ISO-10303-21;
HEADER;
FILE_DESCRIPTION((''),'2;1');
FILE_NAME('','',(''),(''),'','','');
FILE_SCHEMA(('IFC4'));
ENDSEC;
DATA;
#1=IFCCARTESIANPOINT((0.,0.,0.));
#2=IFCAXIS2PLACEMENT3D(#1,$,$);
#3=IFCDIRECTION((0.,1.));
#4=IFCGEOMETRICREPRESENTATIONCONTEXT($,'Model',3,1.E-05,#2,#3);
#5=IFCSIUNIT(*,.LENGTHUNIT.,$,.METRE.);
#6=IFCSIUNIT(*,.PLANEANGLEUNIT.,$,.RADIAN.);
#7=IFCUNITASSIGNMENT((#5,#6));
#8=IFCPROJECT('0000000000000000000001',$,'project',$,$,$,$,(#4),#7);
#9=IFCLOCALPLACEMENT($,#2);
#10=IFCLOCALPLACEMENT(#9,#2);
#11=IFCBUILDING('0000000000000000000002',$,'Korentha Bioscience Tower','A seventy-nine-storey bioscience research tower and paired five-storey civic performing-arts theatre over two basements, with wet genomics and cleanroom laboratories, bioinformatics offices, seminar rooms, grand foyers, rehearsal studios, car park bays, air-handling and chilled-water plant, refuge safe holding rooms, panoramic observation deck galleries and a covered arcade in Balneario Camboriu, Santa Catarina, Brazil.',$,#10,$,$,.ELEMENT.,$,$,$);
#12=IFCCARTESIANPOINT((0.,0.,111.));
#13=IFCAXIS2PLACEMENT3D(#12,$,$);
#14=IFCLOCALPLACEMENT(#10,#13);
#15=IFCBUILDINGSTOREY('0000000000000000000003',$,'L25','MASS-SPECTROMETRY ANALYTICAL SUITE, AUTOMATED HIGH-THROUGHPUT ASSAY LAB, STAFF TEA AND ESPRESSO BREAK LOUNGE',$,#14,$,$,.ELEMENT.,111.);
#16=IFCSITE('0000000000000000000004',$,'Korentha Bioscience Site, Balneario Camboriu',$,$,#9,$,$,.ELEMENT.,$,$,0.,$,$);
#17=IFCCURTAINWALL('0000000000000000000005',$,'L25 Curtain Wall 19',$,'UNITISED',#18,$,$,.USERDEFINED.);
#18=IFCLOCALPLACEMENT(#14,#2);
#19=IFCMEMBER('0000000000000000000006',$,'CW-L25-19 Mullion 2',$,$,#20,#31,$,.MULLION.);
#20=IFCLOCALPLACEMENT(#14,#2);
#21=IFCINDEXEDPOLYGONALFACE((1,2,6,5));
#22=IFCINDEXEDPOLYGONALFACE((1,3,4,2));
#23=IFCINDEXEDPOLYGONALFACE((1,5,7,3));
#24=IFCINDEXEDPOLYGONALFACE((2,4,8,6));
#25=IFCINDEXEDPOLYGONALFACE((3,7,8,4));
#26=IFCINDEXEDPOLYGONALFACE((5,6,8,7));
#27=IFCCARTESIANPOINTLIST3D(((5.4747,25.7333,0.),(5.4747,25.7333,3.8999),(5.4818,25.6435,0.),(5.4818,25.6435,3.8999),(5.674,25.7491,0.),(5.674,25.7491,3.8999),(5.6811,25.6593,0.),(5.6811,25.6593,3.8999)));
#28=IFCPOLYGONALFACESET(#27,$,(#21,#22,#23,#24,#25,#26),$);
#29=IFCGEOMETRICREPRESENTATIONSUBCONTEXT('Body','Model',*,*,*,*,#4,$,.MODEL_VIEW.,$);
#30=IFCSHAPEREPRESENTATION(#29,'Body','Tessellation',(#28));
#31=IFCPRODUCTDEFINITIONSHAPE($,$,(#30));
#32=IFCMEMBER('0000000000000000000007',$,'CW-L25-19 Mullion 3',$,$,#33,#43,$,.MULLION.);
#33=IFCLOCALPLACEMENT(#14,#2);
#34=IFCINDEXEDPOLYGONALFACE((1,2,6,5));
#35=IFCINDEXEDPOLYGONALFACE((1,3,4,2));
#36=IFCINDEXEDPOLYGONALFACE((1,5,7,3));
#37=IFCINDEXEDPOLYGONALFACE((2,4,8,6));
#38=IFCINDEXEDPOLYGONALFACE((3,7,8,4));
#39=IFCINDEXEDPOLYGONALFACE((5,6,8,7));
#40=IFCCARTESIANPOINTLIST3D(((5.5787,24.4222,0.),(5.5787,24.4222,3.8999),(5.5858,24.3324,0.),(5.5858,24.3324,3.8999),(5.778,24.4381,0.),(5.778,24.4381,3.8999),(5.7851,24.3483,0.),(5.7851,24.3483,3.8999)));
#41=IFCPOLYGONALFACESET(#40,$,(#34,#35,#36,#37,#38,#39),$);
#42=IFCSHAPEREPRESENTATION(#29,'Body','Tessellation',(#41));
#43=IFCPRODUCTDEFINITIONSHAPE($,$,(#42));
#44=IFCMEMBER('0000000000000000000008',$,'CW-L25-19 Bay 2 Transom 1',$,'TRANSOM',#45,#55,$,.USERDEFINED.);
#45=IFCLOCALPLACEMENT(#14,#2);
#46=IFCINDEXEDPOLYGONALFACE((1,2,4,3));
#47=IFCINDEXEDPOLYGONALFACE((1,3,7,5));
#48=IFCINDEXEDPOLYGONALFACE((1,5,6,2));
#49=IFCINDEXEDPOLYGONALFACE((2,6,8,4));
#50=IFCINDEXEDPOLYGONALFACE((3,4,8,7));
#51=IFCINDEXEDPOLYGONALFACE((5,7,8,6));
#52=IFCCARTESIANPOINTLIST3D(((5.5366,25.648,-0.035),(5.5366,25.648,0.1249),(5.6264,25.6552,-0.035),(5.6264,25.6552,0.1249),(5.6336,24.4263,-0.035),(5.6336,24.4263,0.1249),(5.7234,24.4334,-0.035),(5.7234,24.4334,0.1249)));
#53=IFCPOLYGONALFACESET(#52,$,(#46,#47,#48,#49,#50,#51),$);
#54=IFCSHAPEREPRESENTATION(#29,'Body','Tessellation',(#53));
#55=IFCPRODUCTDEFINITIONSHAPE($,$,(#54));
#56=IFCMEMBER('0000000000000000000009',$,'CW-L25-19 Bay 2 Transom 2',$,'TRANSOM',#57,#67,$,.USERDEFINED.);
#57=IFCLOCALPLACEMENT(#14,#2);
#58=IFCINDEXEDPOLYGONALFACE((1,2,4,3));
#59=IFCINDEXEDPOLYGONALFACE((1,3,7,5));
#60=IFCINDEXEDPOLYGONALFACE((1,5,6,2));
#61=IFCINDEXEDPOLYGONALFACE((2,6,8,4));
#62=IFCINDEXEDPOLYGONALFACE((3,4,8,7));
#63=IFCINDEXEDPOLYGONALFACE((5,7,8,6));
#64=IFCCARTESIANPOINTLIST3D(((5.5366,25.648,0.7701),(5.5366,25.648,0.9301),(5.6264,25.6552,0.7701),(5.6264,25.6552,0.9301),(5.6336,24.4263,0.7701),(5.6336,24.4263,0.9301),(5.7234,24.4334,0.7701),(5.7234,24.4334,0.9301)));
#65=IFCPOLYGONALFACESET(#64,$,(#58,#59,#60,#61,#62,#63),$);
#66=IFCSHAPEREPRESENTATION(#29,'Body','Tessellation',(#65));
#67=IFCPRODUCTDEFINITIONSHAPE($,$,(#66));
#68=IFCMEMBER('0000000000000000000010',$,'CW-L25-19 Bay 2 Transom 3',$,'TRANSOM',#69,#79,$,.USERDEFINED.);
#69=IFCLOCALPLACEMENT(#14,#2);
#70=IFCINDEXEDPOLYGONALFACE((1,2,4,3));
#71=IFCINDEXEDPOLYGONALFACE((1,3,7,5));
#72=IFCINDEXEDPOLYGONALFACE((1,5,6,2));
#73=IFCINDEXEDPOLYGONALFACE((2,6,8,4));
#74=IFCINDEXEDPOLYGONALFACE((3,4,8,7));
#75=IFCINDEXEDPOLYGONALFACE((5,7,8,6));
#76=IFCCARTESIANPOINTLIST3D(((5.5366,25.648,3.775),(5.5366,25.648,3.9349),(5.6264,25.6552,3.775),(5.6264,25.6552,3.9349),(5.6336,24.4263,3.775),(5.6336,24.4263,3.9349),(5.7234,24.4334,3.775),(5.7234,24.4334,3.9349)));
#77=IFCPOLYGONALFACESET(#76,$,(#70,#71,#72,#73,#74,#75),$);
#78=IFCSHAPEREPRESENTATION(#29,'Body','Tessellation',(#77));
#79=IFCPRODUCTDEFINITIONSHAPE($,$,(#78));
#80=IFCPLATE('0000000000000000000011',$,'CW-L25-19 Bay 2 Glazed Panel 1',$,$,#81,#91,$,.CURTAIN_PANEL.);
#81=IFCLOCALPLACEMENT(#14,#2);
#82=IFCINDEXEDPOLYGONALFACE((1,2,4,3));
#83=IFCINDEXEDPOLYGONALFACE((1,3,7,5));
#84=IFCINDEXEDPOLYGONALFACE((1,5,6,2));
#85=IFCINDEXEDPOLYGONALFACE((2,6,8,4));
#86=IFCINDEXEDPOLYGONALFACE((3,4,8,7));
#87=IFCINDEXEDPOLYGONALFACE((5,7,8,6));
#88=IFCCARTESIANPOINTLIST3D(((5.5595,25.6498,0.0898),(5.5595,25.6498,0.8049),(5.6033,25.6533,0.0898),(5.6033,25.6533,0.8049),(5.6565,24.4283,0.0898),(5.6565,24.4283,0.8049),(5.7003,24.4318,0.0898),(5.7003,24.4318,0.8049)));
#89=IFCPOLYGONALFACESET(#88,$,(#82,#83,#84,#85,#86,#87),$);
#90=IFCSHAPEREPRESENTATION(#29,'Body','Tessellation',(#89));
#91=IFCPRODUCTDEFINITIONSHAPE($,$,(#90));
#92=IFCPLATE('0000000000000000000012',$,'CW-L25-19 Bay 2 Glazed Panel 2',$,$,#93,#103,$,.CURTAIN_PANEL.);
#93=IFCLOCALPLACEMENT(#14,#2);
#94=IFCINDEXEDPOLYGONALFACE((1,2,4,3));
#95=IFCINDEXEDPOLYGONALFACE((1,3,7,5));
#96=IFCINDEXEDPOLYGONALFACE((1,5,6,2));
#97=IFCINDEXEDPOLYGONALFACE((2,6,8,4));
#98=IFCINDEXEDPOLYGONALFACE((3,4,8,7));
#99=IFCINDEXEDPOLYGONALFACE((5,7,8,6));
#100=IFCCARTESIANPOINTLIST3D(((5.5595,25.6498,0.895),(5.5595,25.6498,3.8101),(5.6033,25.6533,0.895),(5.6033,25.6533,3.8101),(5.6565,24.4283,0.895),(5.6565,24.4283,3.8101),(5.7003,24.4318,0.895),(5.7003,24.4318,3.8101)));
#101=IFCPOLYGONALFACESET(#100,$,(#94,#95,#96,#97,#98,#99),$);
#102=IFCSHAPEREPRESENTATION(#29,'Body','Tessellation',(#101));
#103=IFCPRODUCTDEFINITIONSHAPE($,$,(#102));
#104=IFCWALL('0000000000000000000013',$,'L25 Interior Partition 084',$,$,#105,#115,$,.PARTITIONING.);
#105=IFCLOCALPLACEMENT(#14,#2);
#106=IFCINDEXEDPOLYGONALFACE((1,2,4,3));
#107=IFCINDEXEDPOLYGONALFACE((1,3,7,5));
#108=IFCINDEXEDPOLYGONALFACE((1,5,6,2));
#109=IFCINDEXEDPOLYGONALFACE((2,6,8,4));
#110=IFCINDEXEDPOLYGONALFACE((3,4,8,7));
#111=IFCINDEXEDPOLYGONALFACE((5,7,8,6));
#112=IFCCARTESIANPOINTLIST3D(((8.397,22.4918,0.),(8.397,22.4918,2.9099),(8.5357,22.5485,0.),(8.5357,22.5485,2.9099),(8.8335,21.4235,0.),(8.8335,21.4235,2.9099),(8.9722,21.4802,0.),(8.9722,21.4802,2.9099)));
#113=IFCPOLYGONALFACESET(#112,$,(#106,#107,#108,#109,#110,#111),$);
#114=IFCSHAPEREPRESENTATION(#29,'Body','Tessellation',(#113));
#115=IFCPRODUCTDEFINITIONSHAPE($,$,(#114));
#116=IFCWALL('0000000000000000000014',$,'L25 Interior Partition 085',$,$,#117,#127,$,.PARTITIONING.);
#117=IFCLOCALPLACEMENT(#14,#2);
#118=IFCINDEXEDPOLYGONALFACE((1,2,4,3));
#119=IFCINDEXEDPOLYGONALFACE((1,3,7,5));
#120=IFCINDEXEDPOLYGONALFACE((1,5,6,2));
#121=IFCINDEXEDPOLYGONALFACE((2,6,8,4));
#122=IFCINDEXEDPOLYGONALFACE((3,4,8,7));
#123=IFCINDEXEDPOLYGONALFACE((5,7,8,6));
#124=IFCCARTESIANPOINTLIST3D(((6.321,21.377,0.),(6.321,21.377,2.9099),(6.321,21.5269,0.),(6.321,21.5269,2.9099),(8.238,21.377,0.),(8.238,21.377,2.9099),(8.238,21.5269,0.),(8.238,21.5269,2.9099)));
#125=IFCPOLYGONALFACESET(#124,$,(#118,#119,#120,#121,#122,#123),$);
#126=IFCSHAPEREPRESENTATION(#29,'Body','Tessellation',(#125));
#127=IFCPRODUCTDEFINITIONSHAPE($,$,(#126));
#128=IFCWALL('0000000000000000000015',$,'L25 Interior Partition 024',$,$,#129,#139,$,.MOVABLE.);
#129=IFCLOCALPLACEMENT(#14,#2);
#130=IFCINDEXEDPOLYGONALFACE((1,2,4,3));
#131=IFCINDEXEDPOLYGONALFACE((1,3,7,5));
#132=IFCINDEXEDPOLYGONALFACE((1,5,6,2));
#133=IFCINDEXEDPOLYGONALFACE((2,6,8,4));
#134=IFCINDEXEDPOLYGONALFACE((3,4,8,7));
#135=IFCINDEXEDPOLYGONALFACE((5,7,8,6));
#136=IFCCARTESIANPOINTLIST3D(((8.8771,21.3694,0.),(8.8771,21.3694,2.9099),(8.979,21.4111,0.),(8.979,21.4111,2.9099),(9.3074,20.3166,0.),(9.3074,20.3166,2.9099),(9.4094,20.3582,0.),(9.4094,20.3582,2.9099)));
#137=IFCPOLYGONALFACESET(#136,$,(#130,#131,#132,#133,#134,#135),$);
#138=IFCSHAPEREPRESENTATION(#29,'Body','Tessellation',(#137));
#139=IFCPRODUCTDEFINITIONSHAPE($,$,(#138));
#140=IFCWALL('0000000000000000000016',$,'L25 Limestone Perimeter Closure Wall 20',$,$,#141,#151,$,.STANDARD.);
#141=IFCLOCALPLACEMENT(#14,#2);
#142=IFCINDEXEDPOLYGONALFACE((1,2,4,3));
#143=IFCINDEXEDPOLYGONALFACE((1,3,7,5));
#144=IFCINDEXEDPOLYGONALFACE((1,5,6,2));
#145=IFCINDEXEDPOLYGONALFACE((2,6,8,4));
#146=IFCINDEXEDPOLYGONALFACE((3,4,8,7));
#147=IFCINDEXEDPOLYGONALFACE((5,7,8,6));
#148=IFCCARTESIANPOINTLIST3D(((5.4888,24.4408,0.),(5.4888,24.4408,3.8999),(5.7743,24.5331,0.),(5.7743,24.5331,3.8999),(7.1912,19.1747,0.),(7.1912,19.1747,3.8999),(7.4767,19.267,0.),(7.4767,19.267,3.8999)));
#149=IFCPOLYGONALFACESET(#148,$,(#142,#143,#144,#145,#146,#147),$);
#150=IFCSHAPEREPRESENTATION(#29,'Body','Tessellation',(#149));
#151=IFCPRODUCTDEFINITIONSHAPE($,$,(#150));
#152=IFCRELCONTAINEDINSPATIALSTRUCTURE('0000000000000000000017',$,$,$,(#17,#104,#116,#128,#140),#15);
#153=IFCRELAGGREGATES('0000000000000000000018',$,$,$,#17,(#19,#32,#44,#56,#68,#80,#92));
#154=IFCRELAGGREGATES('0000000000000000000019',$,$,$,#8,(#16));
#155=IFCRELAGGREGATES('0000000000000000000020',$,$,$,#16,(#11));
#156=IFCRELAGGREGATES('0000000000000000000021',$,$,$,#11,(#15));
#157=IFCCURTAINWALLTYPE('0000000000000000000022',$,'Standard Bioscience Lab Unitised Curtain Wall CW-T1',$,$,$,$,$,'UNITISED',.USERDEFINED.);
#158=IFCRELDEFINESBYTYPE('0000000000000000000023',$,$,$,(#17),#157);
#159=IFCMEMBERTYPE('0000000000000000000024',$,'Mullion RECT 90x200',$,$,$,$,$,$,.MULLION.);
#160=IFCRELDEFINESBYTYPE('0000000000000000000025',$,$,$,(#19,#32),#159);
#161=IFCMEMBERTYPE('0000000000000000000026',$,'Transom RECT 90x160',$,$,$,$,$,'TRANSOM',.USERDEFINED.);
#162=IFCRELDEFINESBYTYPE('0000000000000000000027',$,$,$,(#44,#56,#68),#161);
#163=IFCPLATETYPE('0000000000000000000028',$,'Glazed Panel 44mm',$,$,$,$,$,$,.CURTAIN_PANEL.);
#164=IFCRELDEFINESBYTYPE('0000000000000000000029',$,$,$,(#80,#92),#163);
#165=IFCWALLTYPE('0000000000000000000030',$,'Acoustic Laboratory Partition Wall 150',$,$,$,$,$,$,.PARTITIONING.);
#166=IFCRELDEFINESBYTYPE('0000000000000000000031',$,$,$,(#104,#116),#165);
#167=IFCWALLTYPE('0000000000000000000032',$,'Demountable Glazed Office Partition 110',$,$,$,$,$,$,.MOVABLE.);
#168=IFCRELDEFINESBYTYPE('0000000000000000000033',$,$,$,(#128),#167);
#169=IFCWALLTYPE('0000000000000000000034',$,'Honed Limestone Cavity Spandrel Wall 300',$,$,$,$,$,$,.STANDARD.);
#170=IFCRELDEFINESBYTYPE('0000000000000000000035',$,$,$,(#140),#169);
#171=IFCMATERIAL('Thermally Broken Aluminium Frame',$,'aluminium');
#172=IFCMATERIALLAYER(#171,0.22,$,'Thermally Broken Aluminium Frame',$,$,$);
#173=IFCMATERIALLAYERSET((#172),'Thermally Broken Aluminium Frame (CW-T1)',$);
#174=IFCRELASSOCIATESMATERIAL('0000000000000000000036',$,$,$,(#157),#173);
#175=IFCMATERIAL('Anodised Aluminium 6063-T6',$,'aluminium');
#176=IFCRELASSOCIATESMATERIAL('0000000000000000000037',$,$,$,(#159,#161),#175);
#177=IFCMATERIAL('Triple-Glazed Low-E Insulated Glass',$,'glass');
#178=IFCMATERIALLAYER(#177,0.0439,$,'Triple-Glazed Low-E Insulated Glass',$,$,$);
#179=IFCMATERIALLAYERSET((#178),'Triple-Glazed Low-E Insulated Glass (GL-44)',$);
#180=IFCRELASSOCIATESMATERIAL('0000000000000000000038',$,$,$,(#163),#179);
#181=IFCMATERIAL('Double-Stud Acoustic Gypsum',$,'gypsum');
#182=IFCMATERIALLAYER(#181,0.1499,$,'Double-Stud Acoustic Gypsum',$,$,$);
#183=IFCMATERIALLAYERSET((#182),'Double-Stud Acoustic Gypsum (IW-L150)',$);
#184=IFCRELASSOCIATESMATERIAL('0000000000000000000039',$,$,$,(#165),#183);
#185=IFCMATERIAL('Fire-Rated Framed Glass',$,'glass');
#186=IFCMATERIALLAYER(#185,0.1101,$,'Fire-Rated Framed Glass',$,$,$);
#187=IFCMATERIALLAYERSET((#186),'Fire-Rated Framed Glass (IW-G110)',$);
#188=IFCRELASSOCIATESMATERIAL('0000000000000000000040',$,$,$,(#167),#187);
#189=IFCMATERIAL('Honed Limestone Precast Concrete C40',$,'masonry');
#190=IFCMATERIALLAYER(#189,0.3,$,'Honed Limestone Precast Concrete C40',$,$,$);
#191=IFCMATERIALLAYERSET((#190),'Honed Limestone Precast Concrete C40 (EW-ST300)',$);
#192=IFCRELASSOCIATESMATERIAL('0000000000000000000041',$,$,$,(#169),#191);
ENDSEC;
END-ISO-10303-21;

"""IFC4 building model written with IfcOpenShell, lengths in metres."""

from ifc_helpers import new_model, si_unit, direction, frame, frame_2d, origin, origin_2d, place, context, subcontext, project, spatial, rectangle, extrude, material, layer, layer_set, material_profile, profile_set, type_object, element, aggregate, save


model = new_model("IFC4")

# Units and contexts
model_context = context("Model", 3, precision=1e-05, world=origin(), true_north=direction((0.0, 1.0)))
body_context = subcontext(model_context, "Body", "Model", "MODEL_VIEW")
ifc_project = project(units=[si_unit("LENGTHUNIT", "METRE"), si_unit("PLANEANGLEUNIT", "RADIAN")], contexts=[model_context])

# Site, building, storey
site_placement = place(None, origin())
site = spatial("IfcSite", under=ifc_project, at=site_placement, Name="Korentha Bioscience Site, Balneario Camboriu", CompositionType="ELEMENT", RefElevation=0.0)
building_placement = place(site_placement, origin())
building = spatial("IfcBuilding", under=site, at=building_placement, Name="Korentha Bioscience Tower", Description="A seventy-nine-storey bioscience research tower and paired five-storey civic performing-arts theatre over two basements, with wet genomics and cleanroom laboratories, bioinformatics offices, seminar rooms, grand foyers, rehearsal studios, car park bays, air-handling and chilled-water plant, refuge safe holding rooms, panoramic observation deck galleries and a covered arcade in Balneario Camboriu, Santa Catarina, Brazil.", CompositionType="ELEMENT")
storey_placement = place(building_placement, frame((0.0, 0.0, 111.0)))
storey = spatial("IfcBuildingStorey", under=building, at=storey_placement, Name="L25", Description="MASS-SPECTROMETRY ANALYTICAL SUITE, AUTOMATED HIGH-THROUGHPUT ASSAY LAB, STAFF TEA AND ESPRESSO BREAK LOUNGE", CompositionType="ELEMENT", Elevation=111.0)

# Curtain wall, members, plates
ifc_material_1 = material(Name="Thermally Broken Aluminium Frame", Category="aluminium")
ifc_layer_1 = layer(ifc_material_1, 0.22, Name="Thermally Broken Aluminium Frame")
ifc_layer_set_1 = layer_set([ifc_layer_1], Name="Thermally Broken Aluminium Frame (CW-T1)")
curtain_wall_type = type_object("IfcCurtainWallType", Name="Standard Bioscience Lab Unitised Curtain Wall CW-T1", ElementType="UNITISED", PredefinedType="USERDEFINED", material=ifc_layer_set_1)
curtain_wall_placement = place(storey_placement, origin())
curtain_wall = element("IfcCurtainWall", 1, at=curtain_wall_placement, inside=storey, type_object=curtain_wall_type, Name="L25 Curtain Wall 19", ObjectType="UNITISED", PredefinedType="USERDEFINED")
ifc_material_2 = material(Name="Anodised Aluminium 6063-T6", Category="aluminium")
ifc_material_profile_1 = material_profile(ifc_material_2, rectangle(XDim=0.0901, YDim=0.2, at=origin_2d()), Name="Anodised Aluminium 6063-T6")
ifc_profile_set_1 = profile_set([ifc_material_profile_1], Name="Anodised Aluminium 6063-T6 (CW-MUL)")
member_type_1 = type_object("IfcMemberType", Name="Mullion RECT 90x200", PredefinedType="MULLION", material=ifc_profile_set_1)
member_1_placement = place(storey_placement, frame((5.5779, 25.6963, 0.0), z_axis=(0.0, 0.0, 1.0), x_axis=(0.07913, -0.996864, 0.0)))
member_1 = element("IfcMember", 2, at=member_1_placement, type_object=member_type_1, Name="CW-L25-19 Mullion 2", PredefinedType="MULLION", context=body_context, shape_type="SweptSolid", body=[
    extrude(rectangle(XDim=0.0901, YDim=0.2, at=origin_2d()), origin(), (0.0, 0.0, 1.0), 3.8999),
])
member_2_placement = place(storey_placement, frame((5.6819, 24.3853, 0.0), z_axis=(0.0, 0.0, 1.0), x_axis=(0.07913, -0.996864, 0.0)))
member_2 = element("IfcMember", 3, at=member_2_placement, type_object=member_type_1, Name="CW-L25-19 Mullion 3", PredefinedType="MULLION", context=body_context, shape_type="SweptSolid", body=[
    extrude(rectangle(XDim=0.0901, YDim=0.2, at=origin_2d()), origin(), (0.0, 0.0, 1.0), 3.8999),
])
ifc_material_profile_2 = material_profile(ifc_material_2, rectangle(XDim=0.0901, YDim=0.1599, at=origin_2d()), Name="Anodised Aluminium 6063-T6")
ifc_profile_set_2 = profile_set([ifc_material_profile_2], Name="Anodised Aluminium 6063-T6 (CW-TRN)")
member_type_2 = type_object("IfcMemberType", Name="Transom RECT 90x160", ElementType="TRANSOM", PredefinedType="USERDEFINED", material=ifc_profile_set_2)
member_3_placement = place(storey_placement, frame((5.5815, 25.6516, 0.0449), z_axis=(0.079088, -0.996868, 0.0), x_axis=(0.996868, 0.079088, 0.0)))
member_3 = element("IfcMember", 4, at=member_3_placement, type_object=member_type_2, Name="CW-L25-19 Bay 2 Transom 1", ObjectType="TRANSOM", PredefinedType="USERDEFINED", context=body_context, shape_type="SweptSolid", body=[
    extrude(rectangle(XDim=0.0901, YDim=0.1599, at=origin_2d()), origin(), (0.0, 0.0, 1.0), 1.2256),
])
member_4_placement = place(storey_placement, frame((5.5815, 25.6516, 0.8501), z_axis=(0.079088, -0.996868, 0.0), x_axis=(0.996868, 0.079088, 0.0)))
member_4 = element("IfcMember", 5, at=member_4_placement, type_object=member_type_2, Name="CW-L25-19 Bay 2 Transom 2", ObjectType="TRANSOM", PredefinedType="USERDEFINED", context=body_context, shape_type="SweptSolid", body=[
    extrude(rectangle(XDim=0.0901, YDim=0.1599, at=origin_2d()), origin(), (0.0, 0.0, 1.0), 1.2256),
])
member_5_placement = place(storey_placement, frame((5.5815, 25.6516, 3.855), z_axis=(0.079088, -0.996868, 0.0), x_axis=(0.996868, 0.079088, 0.0)))
member_5 = element("IfcMember", 6, at=member_5_placement, type_object=member_type_2, Name="CW-L25-19 Bay 2 Transom 3", ObjectType="TRANSOM", PredefinedType="USERDEFINED", context=body_context, shape_type="SweptSolid", body=[
    extrude(rectangle(XDim=0.0901, YDim=0.1599, at=origin_2d()), origin(), (0.0, 0.0, 1.0), 1.2256),
])
ifc_material_3 = material(Name="Triple-Glazed Low-E Insulated Glass", Category="glass")
ifc_layer_2 = layer(ifc_material_3, 0.0439, Name="Triple-Glazed Low-E Insulated Glass")
ifc_layer_set_2 = layer_set([ifc_layer_2], Name="Triple-Glazed Low-E Insulated Glass (GL-44)")
plate_type = type_object("IfcPlateType", Name="Glazed Panel 44mm", PredefinedType="CURTAIN_PANEL", material=ifc_layer_set_2)
plate_1_placement = place(storey_placement, frame((5.6299, 25.0408, 0.0898), z_axis=(0.0, 0.0, 1.0), x_axis=(0.07913, -0.996864, 0.0)))
plate_1 = element("IfcPlate", 7, at=plate_1_placement, type_object=plate_type, Name="CW-L25-19 Bay 2 Glazed Panel 1", PredefinedType="CURTAIN_PANEL", context=body_context, shape_type="SweptSolid", body=[
    extrude(rectangle(XDim=1.2253, YDim=0.0439, at=origin_2d()), origin(), (0.0, 0.0, 1.0), 0.7151),
])
plate_2_placement = place(storey_placement, frame((5.6299, 25.0408, 0.895), z_axis=(0.0, 0.0, 1.0), x_axis=(0.07913, -0.996864, 0.0)))
plate_2 = element("IfcPlate", 8, at=plate_2_placement, type_object=plate_type, Name="CW-L25-19 Bay 2 Glazed Panel 2", PredefinedType="CURTAIN_PANEL", context=body_context, shape_type="SweptSolid", body=[
    extrude(rectangle(XDim=1.2253, YDim=0.0439, at=origin_2d()), origin(), (0.0, 0.0, 1.0), 2.915),
])
aggregate(curtain_wall, [member_1, member_2, member_3, member_4, member_5, plate_1, plate_2])

# Shared definitions
ifc_material_4 = material(Name="Double-Stud Acoustic Gypsum", Category="gypsum")
ifc_layer_3 = layer(ifc_material_4, 0.1499, Name="Double-Stud Acoustic Gypsum")
ifc_layer_set_3 = layer_set([ifc_layer_3], Name="Double-Stud Acoustic Gypsum (IW-L150)")
wall_type_1 = type_object("IfcWallType", Name="Acoustic Laboratory Partition Wall 150", PredefinedType="PARTITIONING", material=ifc_layer_set_3)

# Walls
wall_1_placement = place(storey_placement, frame((8.4663, 22.5203, 0.0), z_axis=(0.0, 0.0, 1.0), x_axis=(0.378237, -0.925709, 0.0)))
element("IfcWall", 9, at=wall_1_placement, inside=storey, type_object=wall_type_1, Name="L25 Interior Partition 084", PredefinedType="PARTITIONING", context=body_context, shape_type="SweptSolid", body=[
    extrude(rectangle(XDim=1.1541, YDim=0.1499, at=frame_2d((0.5771, 0.0))), origin(), (0.0, 0.0, 1.0), 2.9099),
])
wall_2_placement = place(storey_placement, frame((8.238, 21.4519, 0.0), z_axis=(0.0, 0.0, 1.0), x_axis=(-1.0, 0.0, 0.0)))
element("IfcWall", 10, at=wall_2_placement, inside=storey, type_object=wall_type_1, Name="L25 Interior Partition 085", PredefinedType="PARTITIONING", context=body_context, shape_type="SweptSolid", body=[
    extrude(rectangle(XDim=1.917, YDim=0.1499, at=frame_2d((0.9585, 0.0))), origin(), (0.0, 0.0, 1.0), 2.9099),
])
ifc_material_5 = material(Name="Fire-Rated Framed Glass", Category="glass")
ifc_layer_4 = layer(ifc_material_5, 0.1101, Name="Fire-Rated Framed Glass")
ifc_layer_set_4 = layer_set([ifc_layer_4], Name="Fire-Rated Framed Glass (IW-G110)")
wall_type_2 = type_object("IfcWallType", Name="Demountable Glazed Office Partition 110", PredefinedType="MOVABLE", material=ifc_layer_set_4)
wall_3_placement = place(storey_placement, frame((8.928, 21.3904, 0.0), z_axis=(0.0, 0.0, 1.0), x_axis=(0.378374, -0.925653, 0.0)))
element("IfcWall", 11, at=wall_3_placement, inside=storey, type_object=wall_type_2, Name="L25 Interior Partition 024", PredefinedType="MOVABLE", context=body_context, shape_type="SweptSolid", body=[
    extrude(rectangle(XDim=1.1375, YDim=0.1101, at=frame_2d((0.5688, 0.0))), origin(), (0.0, 0.0, 1.0), 2.9099),
])
ifc_material_6 = material(Name="Honed Limestone Precast Concrete C40", Category="masonry")
ifc_layer_5 = layer(ifc_material_6, 0.3, Name="Honed Limestone Precast Concrete C40")
ifc_layer_set_5 = layer_set([ifc_layer_5], Name="Honed Limestone Precast Concrete C40 (EW-ST300)")
wall_type_3 = type_object("IfcWallType", Name="Honed Limestone Cavity Spandrel Wall 300", PredefinedType="STANDARD", material=ifc_layer_set_5)
wall_4_placement = place(storey_placement, frame((5.6316, 24.4868, 0.0), z_axis=(0.0, 0.0, 1.0), x_axis=(0.307599, -0.951516, 0.0)))
element("IfcWall", 12, at=wall_4_placement, inside=storey, type_object=wall_type_3, Name="L25 Limestone Perimeter Closure Wall 20", PredefinedType="STANDARD", context=body_context, shape_type="SweptSolid", body=[
    extrude(rectangle(XDim=5.5344, YDim=0.3, at=frame_2d((2.7671, 0.0))), origin(), (0.0, 0.0, 1.0), 3.8999),
])

save(model, "model.ifc")
